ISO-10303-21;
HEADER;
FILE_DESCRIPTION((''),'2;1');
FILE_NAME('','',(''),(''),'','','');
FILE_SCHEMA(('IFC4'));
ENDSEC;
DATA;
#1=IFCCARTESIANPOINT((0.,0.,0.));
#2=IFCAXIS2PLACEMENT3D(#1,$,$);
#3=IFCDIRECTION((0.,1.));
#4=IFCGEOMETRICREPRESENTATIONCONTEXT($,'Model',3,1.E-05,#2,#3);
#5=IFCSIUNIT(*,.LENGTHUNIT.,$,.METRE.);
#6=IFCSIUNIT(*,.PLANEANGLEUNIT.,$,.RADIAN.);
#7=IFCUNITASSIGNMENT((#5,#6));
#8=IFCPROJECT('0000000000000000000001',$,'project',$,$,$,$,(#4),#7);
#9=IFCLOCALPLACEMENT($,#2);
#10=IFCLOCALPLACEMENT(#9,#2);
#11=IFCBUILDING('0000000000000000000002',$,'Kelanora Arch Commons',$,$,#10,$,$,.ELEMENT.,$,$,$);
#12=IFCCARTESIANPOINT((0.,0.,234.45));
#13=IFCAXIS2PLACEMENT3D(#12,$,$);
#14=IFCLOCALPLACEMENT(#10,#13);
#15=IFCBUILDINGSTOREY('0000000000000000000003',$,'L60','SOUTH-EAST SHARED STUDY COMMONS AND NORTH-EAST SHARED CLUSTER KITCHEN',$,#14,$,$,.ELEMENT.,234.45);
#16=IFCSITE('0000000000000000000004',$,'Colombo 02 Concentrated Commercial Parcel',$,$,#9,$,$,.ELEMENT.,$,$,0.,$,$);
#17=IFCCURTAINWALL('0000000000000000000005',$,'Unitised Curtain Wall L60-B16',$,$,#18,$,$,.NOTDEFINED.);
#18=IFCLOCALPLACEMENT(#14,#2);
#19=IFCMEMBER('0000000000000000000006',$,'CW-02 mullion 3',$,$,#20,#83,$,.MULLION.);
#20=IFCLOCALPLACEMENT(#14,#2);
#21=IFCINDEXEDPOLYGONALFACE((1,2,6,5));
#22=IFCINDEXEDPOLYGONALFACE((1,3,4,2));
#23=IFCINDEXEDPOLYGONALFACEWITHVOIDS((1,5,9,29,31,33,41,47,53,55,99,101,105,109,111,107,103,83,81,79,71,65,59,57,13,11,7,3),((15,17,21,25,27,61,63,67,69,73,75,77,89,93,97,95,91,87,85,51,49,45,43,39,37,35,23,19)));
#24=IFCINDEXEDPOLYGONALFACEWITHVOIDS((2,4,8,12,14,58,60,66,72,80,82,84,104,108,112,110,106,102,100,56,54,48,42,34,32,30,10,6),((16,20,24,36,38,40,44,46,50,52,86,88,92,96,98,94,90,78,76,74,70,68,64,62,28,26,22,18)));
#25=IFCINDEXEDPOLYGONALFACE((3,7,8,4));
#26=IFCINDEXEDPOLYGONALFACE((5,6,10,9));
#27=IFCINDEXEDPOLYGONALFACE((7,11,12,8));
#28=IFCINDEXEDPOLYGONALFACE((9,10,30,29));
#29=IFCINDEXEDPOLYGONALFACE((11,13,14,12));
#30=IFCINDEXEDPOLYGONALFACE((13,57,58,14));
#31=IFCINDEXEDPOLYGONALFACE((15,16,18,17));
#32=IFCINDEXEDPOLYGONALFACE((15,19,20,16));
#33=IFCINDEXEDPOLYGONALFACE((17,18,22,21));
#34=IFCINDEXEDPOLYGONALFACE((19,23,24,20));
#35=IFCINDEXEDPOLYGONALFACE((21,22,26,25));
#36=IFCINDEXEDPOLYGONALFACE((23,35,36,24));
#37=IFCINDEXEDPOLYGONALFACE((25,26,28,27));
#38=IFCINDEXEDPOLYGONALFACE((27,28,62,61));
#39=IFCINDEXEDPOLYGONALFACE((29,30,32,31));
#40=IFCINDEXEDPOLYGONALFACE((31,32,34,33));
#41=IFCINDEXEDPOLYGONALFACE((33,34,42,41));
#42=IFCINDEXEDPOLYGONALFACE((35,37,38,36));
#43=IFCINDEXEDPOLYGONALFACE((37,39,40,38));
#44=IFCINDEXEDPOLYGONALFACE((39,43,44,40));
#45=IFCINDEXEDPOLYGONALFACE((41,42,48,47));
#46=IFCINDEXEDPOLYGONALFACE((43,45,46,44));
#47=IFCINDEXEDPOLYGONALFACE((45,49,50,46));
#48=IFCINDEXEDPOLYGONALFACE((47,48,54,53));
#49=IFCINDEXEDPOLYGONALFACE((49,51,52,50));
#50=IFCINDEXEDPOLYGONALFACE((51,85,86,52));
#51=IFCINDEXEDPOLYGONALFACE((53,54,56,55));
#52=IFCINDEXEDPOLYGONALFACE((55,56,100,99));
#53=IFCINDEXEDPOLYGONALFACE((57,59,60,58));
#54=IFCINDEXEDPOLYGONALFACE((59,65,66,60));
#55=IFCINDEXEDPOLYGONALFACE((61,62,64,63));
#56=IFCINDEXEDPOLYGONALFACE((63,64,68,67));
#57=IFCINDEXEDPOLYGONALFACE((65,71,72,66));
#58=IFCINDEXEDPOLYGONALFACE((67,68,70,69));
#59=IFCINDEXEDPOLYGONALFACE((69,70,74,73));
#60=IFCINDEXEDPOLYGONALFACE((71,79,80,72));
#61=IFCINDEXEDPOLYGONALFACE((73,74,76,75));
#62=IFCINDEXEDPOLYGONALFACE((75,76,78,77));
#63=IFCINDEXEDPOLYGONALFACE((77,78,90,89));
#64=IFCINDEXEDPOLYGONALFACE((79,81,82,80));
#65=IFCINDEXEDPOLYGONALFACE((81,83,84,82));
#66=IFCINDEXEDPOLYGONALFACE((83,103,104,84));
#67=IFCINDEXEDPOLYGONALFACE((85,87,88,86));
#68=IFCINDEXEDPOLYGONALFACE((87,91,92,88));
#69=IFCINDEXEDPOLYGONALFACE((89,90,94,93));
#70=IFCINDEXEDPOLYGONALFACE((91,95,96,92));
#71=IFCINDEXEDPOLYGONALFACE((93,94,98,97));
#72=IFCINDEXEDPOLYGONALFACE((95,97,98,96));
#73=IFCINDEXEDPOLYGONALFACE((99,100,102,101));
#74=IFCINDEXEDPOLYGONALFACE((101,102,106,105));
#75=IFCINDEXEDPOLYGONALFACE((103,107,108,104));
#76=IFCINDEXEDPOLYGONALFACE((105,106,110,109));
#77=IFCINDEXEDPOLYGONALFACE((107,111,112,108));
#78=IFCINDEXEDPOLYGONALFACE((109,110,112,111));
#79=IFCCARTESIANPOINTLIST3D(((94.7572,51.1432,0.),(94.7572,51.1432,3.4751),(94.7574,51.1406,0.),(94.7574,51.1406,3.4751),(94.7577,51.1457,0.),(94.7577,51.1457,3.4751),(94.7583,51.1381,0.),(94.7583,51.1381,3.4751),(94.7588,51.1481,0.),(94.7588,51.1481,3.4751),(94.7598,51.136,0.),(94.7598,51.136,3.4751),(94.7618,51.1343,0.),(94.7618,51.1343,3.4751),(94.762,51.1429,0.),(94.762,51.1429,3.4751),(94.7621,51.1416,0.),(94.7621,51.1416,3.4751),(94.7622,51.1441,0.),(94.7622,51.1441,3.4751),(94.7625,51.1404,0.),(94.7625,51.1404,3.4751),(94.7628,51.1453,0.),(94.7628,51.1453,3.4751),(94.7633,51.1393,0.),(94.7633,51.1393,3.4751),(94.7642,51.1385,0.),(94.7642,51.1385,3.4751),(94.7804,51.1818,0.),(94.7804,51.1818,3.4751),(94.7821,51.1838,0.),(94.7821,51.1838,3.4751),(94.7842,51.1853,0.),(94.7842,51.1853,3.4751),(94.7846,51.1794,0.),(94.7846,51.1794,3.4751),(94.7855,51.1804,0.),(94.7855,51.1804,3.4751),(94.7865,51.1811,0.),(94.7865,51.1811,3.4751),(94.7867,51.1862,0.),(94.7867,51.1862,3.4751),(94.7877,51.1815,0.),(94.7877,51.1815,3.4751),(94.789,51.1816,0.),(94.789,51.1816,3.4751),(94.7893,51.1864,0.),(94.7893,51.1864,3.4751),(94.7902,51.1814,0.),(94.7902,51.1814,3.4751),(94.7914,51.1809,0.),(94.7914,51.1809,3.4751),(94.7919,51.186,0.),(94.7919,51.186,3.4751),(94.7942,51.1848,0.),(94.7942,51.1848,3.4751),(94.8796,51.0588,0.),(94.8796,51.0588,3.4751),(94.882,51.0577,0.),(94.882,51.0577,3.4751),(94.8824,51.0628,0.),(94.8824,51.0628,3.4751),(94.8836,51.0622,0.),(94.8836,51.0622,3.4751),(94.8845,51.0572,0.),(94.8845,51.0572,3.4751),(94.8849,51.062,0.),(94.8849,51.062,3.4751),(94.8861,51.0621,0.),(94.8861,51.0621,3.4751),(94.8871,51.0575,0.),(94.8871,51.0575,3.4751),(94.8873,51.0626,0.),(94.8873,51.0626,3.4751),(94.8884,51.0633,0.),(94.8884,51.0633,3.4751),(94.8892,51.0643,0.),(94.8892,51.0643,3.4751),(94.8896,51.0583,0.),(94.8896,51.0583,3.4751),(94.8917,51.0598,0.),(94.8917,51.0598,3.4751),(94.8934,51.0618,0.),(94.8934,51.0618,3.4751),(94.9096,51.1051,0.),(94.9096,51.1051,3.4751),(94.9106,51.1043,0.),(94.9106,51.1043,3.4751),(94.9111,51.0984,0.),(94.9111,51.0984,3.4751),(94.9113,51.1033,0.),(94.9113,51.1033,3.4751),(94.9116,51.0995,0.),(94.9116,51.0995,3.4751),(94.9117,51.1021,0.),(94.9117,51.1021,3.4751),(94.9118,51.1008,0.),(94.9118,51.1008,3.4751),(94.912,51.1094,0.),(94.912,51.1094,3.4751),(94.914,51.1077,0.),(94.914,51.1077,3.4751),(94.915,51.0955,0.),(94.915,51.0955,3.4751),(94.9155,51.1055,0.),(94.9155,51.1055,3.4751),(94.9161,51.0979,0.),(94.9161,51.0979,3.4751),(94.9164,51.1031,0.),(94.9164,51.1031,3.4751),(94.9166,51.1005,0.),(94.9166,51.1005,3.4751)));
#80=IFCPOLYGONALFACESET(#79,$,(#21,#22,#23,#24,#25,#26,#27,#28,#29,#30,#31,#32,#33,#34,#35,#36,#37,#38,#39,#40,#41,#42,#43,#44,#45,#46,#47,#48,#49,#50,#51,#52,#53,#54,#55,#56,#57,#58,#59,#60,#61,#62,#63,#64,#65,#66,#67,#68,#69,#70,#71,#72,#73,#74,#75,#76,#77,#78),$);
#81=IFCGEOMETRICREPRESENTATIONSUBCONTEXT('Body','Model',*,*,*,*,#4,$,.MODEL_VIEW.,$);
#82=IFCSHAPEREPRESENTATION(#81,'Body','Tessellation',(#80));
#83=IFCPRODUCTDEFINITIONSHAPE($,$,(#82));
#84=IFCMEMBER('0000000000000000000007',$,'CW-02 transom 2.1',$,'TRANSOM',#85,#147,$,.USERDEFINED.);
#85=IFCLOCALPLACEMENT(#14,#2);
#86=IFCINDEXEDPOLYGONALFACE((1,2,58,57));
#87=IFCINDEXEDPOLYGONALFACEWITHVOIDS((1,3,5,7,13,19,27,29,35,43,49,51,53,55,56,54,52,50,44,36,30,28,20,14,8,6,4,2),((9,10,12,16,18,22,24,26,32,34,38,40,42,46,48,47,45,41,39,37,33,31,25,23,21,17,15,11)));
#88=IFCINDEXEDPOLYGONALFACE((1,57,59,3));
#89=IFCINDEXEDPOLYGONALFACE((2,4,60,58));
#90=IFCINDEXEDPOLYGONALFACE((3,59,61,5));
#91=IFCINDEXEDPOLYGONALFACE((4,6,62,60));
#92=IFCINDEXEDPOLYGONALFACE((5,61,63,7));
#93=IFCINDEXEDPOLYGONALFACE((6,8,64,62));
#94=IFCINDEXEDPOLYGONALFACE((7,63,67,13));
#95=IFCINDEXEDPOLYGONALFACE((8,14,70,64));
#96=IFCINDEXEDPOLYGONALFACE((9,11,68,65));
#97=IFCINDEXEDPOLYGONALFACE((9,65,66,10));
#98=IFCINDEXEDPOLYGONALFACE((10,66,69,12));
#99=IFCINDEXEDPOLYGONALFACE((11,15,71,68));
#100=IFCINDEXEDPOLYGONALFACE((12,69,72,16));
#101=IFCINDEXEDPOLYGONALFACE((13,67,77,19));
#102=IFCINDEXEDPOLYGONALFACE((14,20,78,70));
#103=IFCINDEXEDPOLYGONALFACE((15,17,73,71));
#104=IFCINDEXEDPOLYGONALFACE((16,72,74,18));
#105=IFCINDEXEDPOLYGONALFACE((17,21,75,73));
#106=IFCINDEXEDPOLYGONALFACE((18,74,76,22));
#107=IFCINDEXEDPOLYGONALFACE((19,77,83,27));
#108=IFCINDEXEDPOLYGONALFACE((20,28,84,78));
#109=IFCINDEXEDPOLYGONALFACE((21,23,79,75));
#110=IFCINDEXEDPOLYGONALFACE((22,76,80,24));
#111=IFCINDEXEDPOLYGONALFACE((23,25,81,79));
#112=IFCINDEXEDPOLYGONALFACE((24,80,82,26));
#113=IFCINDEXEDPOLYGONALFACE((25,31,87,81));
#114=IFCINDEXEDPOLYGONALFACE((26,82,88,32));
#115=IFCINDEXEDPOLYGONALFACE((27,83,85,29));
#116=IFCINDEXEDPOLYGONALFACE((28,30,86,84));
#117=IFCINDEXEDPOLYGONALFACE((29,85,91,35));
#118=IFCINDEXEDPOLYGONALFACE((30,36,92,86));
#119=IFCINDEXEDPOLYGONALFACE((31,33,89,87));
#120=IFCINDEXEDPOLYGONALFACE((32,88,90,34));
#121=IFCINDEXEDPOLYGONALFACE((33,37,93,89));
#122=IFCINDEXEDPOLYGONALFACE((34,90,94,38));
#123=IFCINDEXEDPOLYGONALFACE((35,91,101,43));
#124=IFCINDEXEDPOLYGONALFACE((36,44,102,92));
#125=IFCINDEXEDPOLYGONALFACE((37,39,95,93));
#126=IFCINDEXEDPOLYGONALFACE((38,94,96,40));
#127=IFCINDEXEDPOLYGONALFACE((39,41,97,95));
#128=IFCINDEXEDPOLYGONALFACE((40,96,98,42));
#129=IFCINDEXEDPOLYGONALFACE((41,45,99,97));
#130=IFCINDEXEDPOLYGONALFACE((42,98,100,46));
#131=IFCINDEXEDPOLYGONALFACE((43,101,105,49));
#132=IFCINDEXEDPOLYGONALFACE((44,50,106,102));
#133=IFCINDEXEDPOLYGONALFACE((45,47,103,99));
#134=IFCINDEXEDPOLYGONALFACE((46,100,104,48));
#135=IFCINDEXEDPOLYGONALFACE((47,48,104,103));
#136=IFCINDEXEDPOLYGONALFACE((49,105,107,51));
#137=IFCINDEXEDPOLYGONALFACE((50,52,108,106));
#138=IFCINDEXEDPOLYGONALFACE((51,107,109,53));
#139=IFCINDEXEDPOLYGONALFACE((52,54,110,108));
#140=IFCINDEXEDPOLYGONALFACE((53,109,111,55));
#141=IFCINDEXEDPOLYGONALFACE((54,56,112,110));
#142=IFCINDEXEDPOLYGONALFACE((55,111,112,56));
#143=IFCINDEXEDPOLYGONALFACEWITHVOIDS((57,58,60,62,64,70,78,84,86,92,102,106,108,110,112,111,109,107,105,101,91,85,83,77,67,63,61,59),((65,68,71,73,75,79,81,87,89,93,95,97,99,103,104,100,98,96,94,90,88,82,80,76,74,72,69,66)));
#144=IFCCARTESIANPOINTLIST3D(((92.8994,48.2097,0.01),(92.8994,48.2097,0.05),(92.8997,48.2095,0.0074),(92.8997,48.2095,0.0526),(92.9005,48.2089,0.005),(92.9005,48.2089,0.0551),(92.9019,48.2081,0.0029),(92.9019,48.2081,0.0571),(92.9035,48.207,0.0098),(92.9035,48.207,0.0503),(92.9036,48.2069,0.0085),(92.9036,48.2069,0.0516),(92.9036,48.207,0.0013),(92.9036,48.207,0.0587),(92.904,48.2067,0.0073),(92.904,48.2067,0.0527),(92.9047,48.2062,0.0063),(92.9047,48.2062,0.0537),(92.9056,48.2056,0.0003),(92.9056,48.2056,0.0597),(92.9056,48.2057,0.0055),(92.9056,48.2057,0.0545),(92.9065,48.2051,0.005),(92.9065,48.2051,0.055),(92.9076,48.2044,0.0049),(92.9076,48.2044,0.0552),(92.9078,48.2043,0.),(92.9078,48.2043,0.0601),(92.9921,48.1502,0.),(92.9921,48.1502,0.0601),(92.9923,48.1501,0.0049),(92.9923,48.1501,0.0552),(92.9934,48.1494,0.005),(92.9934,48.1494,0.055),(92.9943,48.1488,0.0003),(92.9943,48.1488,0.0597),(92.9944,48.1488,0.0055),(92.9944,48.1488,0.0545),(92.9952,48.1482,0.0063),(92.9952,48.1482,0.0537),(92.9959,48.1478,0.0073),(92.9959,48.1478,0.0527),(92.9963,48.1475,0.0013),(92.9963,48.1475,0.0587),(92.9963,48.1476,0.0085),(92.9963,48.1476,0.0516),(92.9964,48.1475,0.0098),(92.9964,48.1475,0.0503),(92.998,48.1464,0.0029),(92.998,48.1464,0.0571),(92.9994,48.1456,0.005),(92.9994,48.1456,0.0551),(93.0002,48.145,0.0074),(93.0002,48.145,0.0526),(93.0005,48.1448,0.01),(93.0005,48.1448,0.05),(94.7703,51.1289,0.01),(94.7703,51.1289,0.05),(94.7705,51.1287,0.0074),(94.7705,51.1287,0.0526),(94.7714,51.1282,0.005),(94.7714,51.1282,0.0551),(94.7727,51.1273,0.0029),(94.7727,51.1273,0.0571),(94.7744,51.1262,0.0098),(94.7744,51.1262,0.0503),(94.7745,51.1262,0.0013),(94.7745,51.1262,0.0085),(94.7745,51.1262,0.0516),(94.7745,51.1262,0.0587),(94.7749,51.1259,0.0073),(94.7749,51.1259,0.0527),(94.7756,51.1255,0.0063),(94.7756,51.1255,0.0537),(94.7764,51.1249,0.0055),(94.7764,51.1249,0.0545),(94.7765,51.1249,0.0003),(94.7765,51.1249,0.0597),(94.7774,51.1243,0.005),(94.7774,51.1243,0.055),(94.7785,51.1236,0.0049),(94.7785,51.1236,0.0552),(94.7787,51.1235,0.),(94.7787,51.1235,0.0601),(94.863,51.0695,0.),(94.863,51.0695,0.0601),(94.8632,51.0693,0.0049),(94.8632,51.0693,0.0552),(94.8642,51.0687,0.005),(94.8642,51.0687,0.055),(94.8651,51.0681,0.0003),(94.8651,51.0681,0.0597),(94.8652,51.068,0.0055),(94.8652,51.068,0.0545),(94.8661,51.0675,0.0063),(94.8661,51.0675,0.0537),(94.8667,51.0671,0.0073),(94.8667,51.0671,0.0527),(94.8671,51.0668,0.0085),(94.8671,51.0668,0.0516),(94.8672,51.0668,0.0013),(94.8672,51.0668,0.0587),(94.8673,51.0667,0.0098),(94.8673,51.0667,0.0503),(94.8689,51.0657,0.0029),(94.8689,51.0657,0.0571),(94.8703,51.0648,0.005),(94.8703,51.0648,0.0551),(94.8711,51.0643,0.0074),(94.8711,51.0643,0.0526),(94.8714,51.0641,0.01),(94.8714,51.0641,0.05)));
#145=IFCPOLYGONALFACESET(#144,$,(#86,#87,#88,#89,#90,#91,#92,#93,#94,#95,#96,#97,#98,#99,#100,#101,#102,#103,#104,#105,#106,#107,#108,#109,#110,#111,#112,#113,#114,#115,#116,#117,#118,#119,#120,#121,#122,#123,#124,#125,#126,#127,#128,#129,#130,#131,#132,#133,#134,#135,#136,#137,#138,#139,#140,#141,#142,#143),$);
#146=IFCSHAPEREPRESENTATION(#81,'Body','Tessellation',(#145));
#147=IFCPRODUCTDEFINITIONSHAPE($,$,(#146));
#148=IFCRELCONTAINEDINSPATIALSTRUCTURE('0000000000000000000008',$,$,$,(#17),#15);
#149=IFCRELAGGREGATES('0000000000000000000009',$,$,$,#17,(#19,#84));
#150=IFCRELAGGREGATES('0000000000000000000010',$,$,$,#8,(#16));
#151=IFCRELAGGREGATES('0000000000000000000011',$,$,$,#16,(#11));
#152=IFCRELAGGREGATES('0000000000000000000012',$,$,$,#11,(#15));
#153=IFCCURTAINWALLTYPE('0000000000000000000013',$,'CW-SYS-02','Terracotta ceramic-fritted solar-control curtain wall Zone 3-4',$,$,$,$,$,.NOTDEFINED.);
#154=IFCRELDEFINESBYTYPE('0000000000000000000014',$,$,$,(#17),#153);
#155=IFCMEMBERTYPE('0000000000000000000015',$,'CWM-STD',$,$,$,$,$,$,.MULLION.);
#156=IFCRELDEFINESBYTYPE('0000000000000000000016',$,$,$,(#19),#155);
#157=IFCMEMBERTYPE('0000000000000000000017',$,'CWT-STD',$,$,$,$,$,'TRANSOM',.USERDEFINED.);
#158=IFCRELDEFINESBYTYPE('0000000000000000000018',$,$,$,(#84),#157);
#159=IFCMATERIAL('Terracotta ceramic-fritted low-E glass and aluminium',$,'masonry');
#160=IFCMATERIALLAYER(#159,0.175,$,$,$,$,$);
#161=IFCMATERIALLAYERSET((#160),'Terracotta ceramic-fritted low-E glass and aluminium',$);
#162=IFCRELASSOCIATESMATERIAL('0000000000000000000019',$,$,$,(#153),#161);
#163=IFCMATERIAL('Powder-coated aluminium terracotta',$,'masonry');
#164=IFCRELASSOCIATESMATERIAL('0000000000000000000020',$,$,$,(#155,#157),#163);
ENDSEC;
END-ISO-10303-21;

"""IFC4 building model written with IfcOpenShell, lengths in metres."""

from ifc_helpers import new_model, si_unit, direction, frame, origin, origin_2d, place, context, subcontext, project, spatial, hollow_rectangle, extrude, material, layer, layer_set, material_profile, profile_set, type_object, element, aggregate, save


model = new_model("IFC4")

# Units and contexts
model_context = context("Model", 3, precision=1e-05, world=origin(), true_north=direction((0.0, 1.0)))
body_context = subcontext(model_context, "Body", "Model", "MODEL_VIEW")
ifc_project = project(units=[si_unit("LENGTHUNIT", "METRE"), si_unit("PLANEANGLEUNIT", "RADIAN")], contexts=[model_context])

# Site, building, storey
site_placement = place(None, origin())
site = spatial("IfcSite", under=ifc_project, at=site_placement, Name="Colombo 02 Concentrated Commercial Parcel", CompositionType="ELEMENT", RefElevation=0.0)
building_placement = place(site_placement, origin())
building = spatial("IfcBuilding", under=site, at=building_placement, Name="Kelanora Arch Commons", CompositionType="ELEMENT")
storey_placement = place(building_placement, frame((0.0, 0.0, 234.45)))
storey = spatial("IfcBuildingStorey", under=building, at=storey_placement, Name="L60", Description="SOUTH-EAST SHARED STUDY COMMONS AND NORTH-EAST SHARED CLUSTER KITCHEN", CompositionType="ELEMENT", Elevation=234.45)

# Curtain wall, members
ifc_material_1 = material(Name="Terracotta ceramic-fritted low-E glass and aluminium", Category="masonry")
ifc_layer_1 = layer(ifc_material_1, 0.175)
ifc_layer_set_1 = layer_set([ifc_layer_1], Name="Terracotta ceramic-fritted low-E glass and aluminium")
curtain_wall_type = type_object("IfcCurtainWallType", Name="CW-SYS-02", Description="Terracotta ceramic-fritted solar-control curtain wall Zone 3-4", PredefinedType="NOTDEFINED", material=ifc_layer_set_1)
curtain_wall_placement = place(storey_placement, origin())
curtain_wall = element("IfcCurtainWall", 1, at=curtain_wall_placement, inside=storey, type_object=curtain_wall_type, Name="Unitised Curtain Wall L60-B16", PredefinedType="NOTDEFINED")
ifc_material_2 = material(Name="Powder-coated aluminium terracotta", Category="masonry")
ifc_material_profile_1 = material_profile(ifc_material_2, hollow_rectangle(XDim=0.1599, YDim=0.0601, WallThickness=0.0049, InnerFilletRadius=0.0049, OuterFilletRadius=0.01, at=origin_2d()), Name="CWM160x60")
ifc_profile_set_1 = profile_set([ifc_material_profile_1], Name="Powder-coated aluminium terracotta")
member_type_1 = type_object("IfcMemberType", Name="CWM-STD", PredefinedType="MULLION", material=ifc_profile_set_1)
member_1_placement = place(storey_placement, frame((94.8369, 51.1218, 0.0), z_axis=(0.0, 0.0, 1.0), x_axis=(-0.841948, 0.539559, 0.0)))
member_1 = element("IfcMember", 2, at=member_1_placement, type_object=member_type_1, Name="CW-02 mullion 3", PredefinedType="MULLION", context=body_context, shape_type="SweptSolid", body=[
    extrude(hollow_rectangle(XDim=0.1599, YDim=0.0601, WallThickness=0.0049, InnerFilletRadius=0.0049, OuterFilletRadius=0.01, at=origin_2d()), origin(), (0.0, 0.0, 1.0), 3.4751),
])
ifc_material_profile_2 = material_profile(ifc_material_2, hollow_rectangle(XDim=0.1201, YDim=0.0601, WallThickness=0.0049, InnerFilletRadius=0.0049, OuterFilletRadius=0.01, at=origin_2d()), Name="CWT120x60")
ifc_profile_set_2 = profile_set([ifc_material_profile_2], Name="Powder-coated aluminium terracotta")
member_type_2 = type_object("IfcMemberType", Name="CWT-STD", ElementType="TRANSOM", PredefinedType="USERDEFINED", material=ifc_profile_set_2)
member_2_placement = place(storey_placement, frame((92.95, 48.1772, 0.03), z_axis=(0.539579, 0.841935, 0.0), x_axis=(-0.841935, 0.539579, 0.0)))
member_2 = element("IfcMember", 3, at=member_2_placement, type_object=member_type_2, Name="CW-02 transom 2.1", ObjectType="TRANSOM", PredefinedType="USERDEFINED", context=body_context, shape_type="SweptSolid", body=[
    extrude(hollow_rectangle(XDim=0.1201, YDim=0.0601, WallThickness=0.0049, InnerFilletRadius=0.0049, OuterFilletRadius=0.01, at=origin_2d()), origin(), (0.0, 0.0, 1.0), 3.4673),
])
aggregate(curtain_wall, [member_1, member_2])

save(model, "model.ifc")
